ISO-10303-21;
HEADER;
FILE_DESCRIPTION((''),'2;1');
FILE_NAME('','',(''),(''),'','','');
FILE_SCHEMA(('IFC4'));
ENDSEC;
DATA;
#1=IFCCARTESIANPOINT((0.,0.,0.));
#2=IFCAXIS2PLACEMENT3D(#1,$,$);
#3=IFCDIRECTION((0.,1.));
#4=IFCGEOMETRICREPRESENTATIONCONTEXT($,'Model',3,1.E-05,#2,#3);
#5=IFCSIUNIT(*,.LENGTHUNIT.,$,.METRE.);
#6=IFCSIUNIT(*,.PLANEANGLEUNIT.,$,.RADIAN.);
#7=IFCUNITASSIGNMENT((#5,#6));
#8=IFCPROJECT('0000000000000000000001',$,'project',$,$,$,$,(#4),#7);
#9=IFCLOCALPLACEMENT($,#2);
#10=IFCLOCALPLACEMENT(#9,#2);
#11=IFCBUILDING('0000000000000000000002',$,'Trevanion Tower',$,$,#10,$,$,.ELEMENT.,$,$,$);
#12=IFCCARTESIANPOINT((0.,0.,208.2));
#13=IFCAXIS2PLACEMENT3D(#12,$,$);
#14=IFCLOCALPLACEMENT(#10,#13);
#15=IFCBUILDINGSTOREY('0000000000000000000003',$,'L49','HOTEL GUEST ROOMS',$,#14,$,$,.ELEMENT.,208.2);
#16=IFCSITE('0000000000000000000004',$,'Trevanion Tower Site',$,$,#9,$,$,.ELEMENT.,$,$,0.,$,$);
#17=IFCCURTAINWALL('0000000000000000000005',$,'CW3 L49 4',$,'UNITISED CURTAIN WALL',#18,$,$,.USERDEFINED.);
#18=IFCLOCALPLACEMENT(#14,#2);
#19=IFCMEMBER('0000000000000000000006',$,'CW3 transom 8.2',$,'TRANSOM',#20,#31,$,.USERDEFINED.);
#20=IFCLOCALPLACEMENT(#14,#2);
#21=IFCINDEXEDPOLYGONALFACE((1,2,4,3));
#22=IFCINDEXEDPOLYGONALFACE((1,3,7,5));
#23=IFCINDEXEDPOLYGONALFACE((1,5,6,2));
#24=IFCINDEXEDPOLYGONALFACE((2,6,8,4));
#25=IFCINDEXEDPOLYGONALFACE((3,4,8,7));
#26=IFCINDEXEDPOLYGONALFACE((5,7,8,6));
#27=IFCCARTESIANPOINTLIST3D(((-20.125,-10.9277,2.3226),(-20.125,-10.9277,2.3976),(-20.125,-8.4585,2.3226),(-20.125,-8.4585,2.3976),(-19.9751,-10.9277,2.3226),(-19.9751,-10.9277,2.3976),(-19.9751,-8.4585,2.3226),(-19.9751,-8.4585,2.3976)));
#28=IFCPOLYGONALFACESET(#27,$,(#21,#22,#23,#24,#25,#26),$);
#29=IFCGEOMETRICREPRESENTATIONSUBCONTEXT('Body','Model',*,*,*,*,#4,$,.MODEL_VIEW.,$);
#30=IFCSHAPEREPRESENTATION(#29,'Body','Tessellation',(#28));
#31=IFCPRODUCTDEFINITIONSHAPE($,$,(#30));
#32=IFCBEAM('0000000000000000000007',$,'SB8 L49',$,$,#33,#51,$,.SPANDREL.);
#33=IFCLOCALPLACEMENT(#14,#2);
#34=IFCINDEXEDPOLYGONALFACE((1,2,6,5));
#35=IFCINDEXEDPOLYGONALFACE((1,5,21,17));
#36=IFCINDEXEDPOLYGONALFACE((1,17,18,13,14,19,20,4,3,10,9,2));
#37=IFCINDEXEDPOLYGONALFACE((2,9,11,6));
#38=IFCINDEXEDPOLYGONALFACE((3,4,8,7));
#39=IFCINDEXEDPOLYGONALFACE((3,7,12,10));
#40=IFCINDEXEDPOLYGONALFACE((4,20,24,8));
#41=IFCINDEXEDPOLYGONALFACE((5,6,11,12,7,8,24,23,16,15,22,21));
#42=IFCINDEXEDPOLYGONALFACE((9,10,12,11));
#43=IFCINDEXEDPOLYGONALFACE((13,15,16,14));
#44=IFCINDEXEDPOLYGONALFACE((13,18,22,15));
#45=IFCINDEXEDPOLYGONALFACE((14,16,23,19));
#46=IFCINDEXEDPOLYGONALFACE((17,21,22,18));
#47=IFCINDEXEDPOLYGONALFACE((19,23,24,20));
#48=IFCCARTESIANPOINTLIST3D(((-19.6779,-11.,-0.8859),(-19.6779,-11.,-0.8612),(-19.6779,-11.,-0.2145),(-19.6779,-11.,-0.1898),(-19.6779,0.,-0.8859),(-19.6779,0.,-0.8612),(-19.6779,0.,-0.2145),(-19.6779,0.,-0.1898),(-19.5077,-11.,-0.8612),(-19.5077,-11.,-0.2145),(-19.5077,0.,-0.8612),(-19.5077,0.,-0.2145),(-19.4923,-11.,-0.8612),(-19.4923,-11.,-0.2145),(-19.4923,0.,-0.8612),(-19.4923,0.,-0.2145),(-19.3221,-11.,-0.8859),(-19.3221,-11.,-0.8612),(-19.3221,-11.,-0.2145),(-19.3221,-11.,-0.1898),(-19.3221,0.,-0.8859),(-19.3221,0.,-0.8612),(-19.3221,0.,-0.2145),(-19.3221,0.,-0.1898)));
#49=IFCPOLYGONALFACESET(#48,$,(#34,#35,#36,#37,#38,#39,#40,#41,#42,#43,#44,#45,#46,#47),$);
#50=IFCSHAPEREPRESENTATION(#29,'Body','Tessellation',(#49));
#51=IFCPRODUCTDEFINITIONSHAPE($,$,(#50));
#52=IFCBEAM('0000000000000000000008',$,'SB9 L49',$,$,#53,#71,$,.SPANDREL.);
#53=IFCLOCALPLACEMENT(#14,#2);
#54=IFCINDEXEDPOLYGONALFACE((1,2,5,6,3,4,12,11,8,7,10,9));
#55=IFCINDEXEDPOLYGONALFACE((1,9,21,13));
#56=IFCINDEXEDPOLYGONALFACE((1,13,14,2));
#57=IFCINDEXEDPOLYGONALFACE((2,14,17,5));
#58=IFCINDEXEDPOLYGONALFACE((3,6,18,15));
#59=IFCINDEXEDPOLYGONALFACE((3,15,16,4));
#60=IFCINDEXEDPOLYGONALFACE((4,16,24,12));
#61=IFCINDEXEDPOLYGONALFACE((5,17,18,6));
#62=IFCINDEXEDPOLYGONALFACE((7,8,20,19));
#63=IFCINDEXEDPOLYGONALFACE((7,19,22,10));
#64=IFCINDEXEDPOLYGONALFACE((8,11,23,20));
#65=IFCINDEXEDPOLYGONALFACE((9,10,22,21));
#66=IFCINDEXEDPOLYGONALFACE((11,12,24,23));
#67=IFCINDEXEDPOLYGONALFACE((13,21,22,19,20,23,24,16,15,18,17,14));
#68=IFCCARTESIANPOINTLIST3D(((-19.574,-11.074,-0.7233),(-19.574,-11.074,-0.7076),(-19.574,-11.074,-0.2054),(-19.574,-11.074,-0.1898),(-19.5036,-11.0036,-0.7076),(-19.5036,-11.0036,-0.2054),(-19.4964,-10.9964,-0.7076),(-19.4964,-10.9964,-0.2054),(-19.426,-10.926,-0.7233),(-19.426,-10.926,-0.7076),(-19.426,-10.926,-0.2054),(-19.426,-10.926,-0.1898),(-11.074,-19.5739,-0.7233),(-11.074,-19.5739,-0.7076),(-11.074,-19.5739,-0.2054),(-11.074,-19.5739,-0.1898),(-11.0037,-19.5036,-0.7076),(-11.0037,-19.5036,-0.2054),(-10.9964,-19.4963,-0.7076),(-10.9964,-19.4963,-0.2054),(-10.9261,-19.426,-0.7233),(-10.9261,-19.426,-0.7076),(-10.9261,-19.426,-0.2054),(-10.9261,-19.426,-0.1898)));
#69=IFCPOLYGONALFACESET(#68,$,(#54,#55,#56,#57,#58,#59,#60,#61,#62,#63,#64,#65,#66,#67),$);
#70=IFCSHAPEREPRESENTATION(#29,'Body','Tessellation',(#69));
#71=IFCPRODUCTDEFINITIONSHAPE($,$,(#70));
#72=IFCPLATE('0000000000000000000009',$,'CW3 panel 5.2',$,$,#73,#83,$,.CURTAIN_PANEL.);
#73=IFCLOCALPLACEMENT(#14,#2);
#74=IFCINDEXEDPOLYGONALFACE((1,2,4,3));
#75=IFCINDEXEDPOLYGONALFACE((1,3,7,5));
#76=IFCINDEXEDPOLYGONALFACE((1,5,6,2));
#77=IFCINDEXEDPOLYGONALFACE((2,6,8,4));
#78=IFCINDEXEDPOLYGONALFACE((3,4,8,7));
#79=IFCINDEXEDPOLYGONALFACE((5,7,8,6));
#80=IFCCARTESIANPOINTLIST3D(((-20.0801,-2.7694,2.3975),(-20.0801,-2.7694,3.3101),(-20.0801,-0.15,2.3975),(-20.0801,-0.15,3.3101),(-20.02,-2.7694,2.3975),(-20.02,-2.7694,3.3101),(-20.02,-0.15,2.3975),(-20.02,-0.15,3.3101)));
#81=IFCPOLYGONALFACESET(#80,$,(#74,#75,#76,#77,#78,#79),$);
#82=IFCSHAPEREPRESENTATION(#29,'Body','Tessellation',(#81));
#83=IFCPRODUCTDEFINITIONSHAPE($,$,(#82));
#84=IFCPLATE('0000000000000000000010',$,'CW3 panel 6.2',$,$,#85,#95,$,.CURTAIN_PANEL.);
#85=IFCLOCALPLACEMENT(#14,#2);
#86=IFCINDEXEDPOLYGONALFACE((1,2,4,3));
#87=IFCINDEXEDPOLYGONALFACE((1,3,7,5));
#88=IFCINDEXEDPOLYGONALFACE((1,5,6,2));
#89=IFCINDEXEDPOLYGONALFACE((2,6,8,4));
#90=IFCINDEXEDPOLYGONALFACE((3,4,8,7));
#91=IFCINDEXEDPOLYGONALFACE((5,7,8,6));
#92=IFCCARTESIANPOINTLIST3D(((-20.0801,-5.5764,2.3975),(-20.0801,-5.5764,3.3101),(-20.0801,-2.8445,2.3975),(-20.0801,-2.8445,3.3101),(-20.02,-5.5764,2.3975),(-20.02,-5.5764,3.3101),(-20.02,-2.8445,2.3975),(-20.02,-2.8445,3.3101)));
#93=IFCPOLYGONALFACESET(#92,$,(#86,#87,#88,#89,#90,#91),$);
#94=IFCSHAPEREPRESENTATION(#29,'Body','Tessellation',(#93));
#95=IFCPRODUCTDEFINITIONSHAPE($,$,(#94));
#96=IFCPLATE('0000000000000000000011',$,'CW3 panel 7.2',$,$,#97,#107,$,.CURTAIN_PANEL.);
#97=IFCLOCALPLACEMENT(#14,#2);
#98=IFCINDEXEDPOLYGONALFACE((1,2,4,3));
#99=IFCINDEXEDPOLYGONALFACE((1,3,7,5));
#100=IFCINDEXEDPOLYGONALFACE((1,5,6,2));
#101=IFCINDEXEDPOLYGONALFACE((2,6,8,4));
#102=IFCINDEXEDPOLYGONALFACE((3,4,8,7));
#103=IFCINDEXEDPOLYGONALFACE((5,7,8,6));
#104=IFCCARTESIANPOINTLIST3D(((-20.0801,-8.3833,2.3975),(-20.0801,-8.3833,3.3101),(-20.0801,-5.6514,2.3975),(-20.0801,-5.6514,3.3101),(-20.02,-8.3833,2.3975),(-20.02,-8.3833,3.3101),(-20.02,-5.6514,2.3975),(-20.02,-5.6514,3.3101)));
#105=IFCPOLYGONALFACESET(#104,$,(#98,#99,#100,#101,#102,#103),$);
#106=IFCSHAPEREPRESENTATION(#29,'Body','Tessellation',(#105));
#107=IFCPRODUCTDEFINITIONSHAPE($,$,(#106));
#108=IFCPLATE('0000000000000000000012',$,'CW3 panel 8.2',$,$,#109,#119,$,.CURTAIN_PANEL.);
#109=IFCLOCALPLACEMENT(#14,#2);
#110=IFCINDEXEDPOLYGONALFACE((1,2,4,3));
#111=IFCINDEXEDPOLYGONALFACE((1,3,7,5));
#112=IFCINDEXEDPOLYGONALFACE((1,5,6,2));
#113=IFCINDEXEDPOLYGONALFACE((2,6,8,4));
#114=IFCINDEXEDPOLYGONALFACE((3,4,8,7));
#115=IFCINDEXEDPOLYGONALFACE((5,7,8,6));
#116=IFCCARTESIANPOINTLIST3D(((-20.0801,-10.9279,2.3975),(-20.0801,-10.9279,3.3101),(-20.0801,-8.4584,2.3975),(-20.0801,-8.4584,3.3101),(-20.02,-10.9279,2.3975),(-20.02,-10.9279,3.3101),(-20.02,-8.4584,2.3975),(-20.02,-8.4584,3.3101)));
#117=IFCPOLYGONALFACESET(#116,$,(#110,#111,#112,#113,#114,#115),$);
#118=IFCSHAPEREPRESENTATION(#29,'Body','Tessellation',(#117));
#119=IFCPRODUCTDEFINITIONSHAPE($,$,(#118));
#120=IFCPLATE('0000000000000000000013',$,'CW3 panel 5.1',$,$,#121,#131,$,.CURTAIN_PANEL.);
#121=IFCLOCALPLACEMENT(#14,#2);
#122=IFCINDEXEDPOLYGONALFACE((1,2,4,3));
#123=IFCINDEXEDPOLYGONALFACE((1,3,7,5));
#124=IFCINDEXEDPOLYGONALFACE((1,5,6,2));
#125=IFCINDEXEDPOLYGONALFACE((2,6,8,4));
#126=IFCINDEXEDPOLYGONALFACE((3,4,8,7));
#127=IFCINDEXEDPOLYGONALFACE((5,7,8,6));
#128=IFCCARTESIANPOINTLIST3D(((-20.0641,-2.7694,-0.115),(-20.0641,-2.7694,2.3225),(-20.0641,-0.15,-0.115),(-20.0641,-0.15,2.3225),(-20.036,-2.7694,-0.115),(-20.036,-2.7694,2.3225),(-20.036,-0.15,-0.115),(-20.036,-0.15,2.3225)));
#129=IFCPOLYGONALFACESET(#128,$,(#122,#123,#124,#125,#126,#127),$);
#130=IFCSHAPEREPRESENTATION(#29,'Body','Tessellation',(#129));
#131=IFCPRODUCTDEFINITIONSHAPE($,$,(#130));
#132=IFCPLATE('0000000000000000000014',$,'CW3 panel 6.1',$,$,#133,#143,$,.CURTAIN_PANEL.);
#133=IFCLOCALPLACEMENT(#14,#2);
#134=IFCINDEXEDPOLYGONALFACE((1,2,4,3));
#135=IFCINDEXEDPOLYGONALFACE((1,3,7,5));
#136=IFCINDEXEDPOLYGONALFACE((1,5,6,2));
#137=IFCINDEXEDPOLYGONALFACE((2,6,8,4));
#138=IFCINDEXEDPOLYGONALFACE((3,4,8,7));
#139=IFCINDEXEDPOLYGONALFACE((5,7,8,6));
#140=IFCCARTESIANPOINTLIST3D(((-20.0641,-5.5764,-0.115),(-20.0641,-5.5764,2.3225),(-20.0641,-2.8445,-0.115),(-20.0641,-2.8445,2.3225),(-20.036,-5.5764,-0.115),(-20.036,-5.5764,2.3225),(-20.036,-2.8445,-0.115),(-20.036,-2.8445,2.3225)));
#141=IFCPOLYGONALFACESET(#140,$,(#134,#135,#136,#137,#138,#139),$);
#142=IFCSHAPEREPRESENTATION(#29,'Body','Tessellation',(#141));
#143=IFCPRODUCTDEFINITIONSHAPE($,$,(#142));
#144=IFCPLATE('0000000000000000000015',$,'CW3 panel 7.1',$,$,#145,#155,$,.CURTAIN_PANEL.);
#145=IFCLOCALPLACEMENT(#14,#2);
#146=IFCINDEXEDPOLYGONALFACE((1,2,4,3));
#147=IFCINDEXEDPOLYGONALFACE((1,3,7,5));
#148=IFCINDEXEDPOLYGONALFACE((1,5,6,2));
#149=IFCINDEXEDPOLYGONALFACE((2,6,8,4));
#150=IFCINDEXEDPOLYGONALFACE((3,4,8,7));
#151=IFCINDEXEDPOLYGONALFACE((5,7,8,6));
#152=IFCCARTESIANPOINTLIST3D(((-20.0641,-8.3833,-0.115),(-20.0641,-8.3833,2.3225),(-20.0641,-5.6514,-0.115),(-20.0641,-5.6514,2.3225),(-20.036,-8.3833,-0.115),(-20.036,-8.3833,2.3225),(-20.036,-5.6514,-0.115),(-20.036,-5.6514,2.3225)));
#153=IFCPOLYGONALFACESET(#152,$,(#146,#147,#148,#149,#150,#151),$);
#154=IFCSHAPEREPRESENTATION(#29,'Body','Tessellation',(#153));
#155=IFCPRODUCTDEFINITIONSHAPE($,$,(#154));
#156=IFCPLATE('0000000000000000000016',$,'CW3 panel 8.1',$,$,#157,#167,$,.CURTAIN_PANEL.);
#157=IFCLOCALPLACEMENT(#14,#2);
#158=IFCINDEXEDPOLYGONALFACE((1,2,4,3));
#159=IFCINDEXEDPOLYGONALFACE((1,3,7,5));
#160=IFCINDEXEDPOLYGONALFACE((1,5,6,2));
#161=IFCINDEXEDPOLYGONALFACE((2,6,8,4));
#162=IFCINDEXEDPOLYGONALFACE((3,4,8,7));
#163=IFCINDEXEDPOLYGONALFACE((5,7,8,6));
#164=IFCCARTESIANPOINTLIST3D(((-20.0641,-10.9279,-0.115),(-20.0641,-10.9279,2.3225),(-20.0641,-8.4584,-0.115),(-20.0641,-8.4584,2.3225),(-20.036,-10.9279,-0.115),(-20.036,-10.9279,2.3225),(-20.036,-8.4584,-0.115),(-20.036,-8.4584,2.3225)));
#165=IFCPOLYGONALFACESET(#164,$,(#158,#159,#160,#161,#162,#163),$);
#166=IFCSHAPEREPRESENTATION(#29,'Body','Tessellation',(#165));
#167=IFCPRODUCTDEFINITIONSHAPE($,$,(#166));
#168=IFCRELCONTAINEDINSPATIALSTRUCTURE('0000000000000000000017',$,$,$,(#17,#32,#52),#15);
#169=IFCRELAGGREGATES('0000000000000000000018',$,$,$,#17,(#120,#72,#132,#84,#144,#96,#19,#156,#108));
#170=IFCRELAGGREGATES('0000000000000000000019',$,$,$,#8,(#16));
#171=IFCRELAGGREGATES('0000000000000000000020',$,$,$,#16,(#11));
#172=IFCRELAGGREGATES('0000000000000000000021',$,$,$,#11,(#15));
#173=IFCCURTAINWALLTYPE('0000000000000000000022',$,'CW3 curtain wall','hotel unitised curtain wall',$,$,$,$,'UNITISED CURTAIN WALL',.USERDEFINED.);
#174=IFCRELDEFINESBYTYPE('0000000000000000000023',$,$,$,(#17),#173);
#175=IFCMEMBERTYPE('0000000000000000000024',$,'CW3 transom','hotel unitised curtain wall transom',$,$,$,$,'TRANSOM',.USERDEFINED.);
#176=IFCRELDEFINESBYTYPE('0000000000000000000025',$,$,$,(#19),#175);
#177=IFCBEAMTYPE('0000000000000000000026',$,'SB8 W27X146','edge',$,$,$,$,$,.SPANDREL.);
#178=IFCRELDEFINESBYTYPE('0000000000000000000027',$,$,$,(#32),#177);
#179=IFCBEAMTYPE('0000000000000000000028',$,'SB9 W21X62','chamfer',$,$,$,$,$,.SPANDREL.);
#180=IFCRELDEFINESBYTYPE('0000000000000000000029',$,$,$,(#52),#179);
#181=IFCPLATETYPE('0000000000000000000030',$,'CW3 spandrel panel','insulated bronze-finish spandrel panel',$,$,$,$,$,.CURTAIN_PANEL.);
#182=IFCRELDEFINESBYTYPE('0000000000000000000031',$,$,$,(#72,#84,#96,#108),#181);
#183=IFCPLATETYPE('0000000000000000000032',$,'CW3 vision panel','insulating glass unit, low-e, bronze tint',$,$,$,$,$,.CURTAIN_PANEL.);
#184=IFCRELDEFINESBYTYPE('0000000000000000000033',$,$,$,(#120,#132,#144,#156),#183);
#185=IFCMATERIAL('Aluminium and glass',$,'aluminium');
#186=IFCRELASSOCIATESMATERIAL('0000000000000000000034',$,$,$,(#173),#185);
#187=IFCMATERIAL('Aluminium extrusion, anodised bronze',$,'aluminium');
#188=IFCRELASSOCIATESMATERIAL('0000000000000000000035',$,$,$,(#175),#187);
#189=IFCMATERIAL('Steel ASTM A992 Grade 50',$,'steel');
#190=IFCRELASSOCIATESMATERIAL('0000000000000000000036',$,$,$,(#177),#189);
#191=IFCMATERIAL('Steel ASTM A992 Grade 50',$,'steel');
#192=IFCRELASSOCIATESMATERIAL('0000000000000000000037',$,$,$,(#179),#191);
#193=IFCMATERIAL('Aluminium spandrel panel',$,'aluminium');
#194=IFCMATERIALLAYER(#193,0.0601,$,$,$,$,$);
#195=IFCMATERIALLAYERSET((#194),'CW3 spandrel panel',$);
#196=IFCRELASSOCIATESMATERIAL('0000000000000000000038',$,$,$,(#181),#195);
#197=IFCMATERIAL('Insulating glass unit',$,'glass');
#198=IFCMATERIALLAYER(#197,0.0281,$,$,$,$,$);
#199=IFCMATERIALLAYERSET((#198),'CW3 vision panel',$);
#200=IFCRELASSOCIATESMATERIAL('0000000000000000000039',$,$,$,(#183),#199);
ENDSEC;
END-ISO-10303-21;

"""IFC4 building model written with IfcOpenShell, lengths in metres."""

from ifc_helpers import new_model, si_unit, direction, frame, origin, origin_2d, place, context, subcontext, project, spatial, rectangle, i_section, extrude, material, layer, layer_set, material_profile, profile_set, type_object, element, aggregate, save


model = new_model("IFC4")

# Units and contexts
model_context = context("Model", 3, precision=1e-05, world=origin(), true_north=direction((0.0, 1.0)))
body_context = subcontext(model_context, "Body", "Model", "MODEL_VIEW")
ifc_project = project(units=[si_unit("LENGTHUNIT", "METRE"), si_unit("PLANEANGLEUNIT", "RADIAN")], contexts=[model_context])

# Site, building, storey
site_placement = place(None, origin())
site = spatial("IfcSite", under=ifc_project, at=site_placement, Name="Trevanion Tower Site", CompositionType="ELEMENT", RefElevation=0.0)
building_placement = place(site_placement, origin())
building = spatial("IfcBuilding", under=site, at=building_placement, Name="Trevanion Tower", CompositionType="ELEMENT")
storey_placement = place(building_placement, frame((0.0, 0.0, 208.2)))
storey = spatial("IfcBuildingStorey", under=building, at=storey_placement, Name="L49", Description="HOTEL GUEST ROOMS", CompositionType="ELEMENT", Elevation=208.2)

# Curtain wall, member
ifc_material_1 = material(Name="Aluminium and glass", Category="aluminium")
curtain_wall_type = type_object("IfcCurtainWallType", Name="CW3 curtain wall", Description="hotel unitised curtain wall", ElementType="UNITISED CURTAIN WALL", PredefinedType="USERDEFINED", material=ifc_material_1)
curtain_wall_placement = place(storey_placement, origin())
curtain_wall = element("IfcCurtainWall", 1, at=curtain_wall_placement, inside=storey, type_object=curtain_wall_type, Name="CW3 L49 4", ObjectType="UNITISED CURTAIN WALL", PredefinedType="USERDEFINED")
ifc_material_2 = material(Name="Aluminium extrusion, anodised bronze", Category="aluminium")
ifc_material_profile_1 = material_profile(ifc_material_2, rectangle(XDim=0.1499, YDim=0.075, at=origin_2d()), Name="CW3 transom")
ifc_profile_set_1 = profile_set([ifc_material_profile_1], Name="Aluminium extrusion, anodised bronze")
member_type_1 = type_object("IfcMemberType", Name="CW3 transom", Description="hotel unitised curtain wall transom", ElementType="TRANSOM", PredefinedType="USERDEFINED", material=ifc_profile_set_1)
member_1_placement = place(storey_placement, frame((-20.05, -8.4585, 2.3601), z_axis=(0.0, -1.0, 0.0), x_axis=(1.0, 0.0, 0.0)))
member_1 = element("IfcMember", 2, at=member_1_placement, type_object=member_type_1, Name="CW3 transom 8.2", ObjectType="TRANSOM", PredefinedType="USERDEFINED", context=body_context, shape_type="SweptSolid", body=[
    extrude(rectangle(XDim=0.1499, YDim=0.075, at=origin_2d()), origin(), (0.0, 0.0, 1.0), 2.4692),
])

# Beams
ifc_material_3 = material(Name="Steel ASTM A992 Grade 50", Category="steel")
ifc_material_profile_2 = material_profile(ifc_material_3, i_section(OverallWidth=0.3557, OverallDepth=0.696, WebThickness=0.0154, FlangeThickness=0.0247, at=origin_2d()), Name="W27X146")
ifc_profile_set_2 = profile_set([ifc_material_profile_2], Name="Steel ASTM A992 Grade 50")
beam_type_1 = type_object("IfcBeamType", Name="SB8 W27X146", Description="edge", PredefinedType="SPANDREL", material=ifc_profile_set_2)
beam_1_placement = place(storey_placement, frame((-19.5, 0.0, -0.5378), z_axis=(0.0, -1.0, 0.0), x_axis=(1.0, 0.0, 0.0)))
element("IfcBeam", 3, at=beam_1_placement, inside=storey, type_object=beam_type_1, Name="SB8 L49", PredefinedType="SPANDREL", context=body_context, shape_type="SweptSolid", body=[
    extrude(i_section(OverallWidth=0.3557, OverallDepth=0.696, WebThickness=0.0154, FlangeThickness=0.0247, at=origin_2d()), origin(), (0.0, 0.0, 1.0), 11.0),
])
ifc_material_4 = material(Name="Steel ASTM A992 Grade 50", Category="steel")
ifc_material_profile_3 = material_profile(ifc_material_4, i_section(OverallWidth=0.2092, OverallDepth=0.5334, WebThickness=0.0103, FlangeThickness=0.0156, at=origin_2d()), Name="W21X62")
ifc_profile_set_3 = profile_set([ifc_material_profile_3], Name="Steel ASTM A992 Grade 50")
beam_type_2 = type_object("IfcBeamType", Name="SB9 W21X62", Description="chamfer", PredefinedType="SPANDREL", material=ifc_profile_set_3)
beam_2_placement = place(storey_placement, frame((-19.5, -11.0, -0.4565), z_axis=(0.707107, -0.707107, 0.0), x_axis=(0.707107, 0.707107, 0.0)))
element("IfcBeam", 4, at=beam_2_placement, inside=storey, type_object=beam_type_2, Name="SB9 L49", PredefinedType="SPANDREL", context=body_context, shape_type="SweptSolid", body=[
    extrude(i_section(OverallWidth=0.2092, OverallDepth=0.5334, WebThickness=0.0103, FlangeThickness=0.0156, at=origin_2d()), origin(), (0.0, 0.0, 1.0), 12.0208),
])

# Plates
ifc_material_5 = material(Name="Aluminium spandrel panel", Category="aluminium")
ifc_layer_1 = layer(ifc_material_5, 0.0601)
ifc_layer_set_1 = layer_set([ifc_layer_1], Name="CW3 spandrel panel")
plate_type_1 = type_object("IfcPlateType", Name="CW3 spandrel panel", Description="insulated bronze-finish spandrel panel", PredefinedType="CURTAIN_PANEL", material=ifc_layer_set_1)
plate_1_placement = place(storey_placement, frame((-20.05, -1.4597, 2.3975), z_axis=(0.0, 0.0, 1.0), x_axis=(0.0, -1.0, 0.0)))
plate_1 = element("IfcPlate", 5, at=plate_1_placement, type_object=plate_type_1, Name="CW3 panel 5.2", PredefinedType="CURTAIN_PANEL", context=body_context, shape_type="SweptSolid", body=[
    extrude(rectangle(XDim=2.6194, YDim=0.0601, at=origin_2d()), origin(), (0.0, 0.0, 1.0), 0.9126),
])
plate_2_placement = place(storey_placement, frame((-20.05, -4.2104, 2.3975), z_axis=(0.0, 0.0, 1.0), x_axis=(0.0, -1.0, 0.0)))
plate_2 = element("IfcPlate", 6, at=plate_2_placement, type_object=plate_type_1, Name="CW3 panel 6.2", PredefinedType="CURTAIN_PANEL", context=body_context, shape_type="SweptSolid", body=[
    extrude(rectangle(XDim=2.7319, YDim=0.0601, at=origin_2d()), origin(), (0.0, 0.0, 1.0), 0.9126),
])
plate_3_placement = place(storey_placement, frame((-20.05, -7.0173, 2.3975), z_axis=(0.0, 0.0, 1.0), x_axis=(0.0, -1.0, 0.0)))
plate_3 = element("IfcPlate", 7, at=plate_3_placement, type_object=plate_type_1, Name="CW3 panel 7.2", PredefinedType="CURTAIN_PANEL", context=body_context, shape_type="SweptSolid", body=[
    extrude(rectangle(XDim=2.7319, YDim=0.0601, at=origin_2d()), origin(), (0.0, 0.0, 1.0), 0.9126),
])
plate_4_placement = place(storey_placement, frame((-20.05, -9.6931, 2.3975), z_axis=(0.0, 0.0, 1.0), x_axis=(0.0, -1.0, 0.0)))
plate_4 = element("IfcPlate", 8, at=plate_4_placement, type_object=plate_type_1, Name="CW3 panel 8.2", PredefinedType="CURTAIN_PANEL", context=body_context, shape_type="SweptSolid", body=[
    extrude(rectangle(XDim=2.4695, YDim=0.0601, at=origin_2d()), origin(), (0.0, 0.0, 1.0), 0.9126),
])
ifc_material_6 = material(Name="Insulating glass unit", Category="glass")
ifc_layer_2 = layer(ifc_material_6, 0.0281)
ifc_layer_set_2 = layer_set([ifc_layer_2], Name="CW3 vision panel")
plate_type_2 = type_object("IfcPlateType", Name="CW3 vision panel", Description="insulating glass unit, low-e, bronze tint", PredefinedType="CURTAIN_PANEL", material=ifc_layer_set_2)
plate_5_placement = place(storey_placement, frame((-20.05, -1.4597, -0.115), z_axis=(0.0, 0.0, 1.0), x_axis=(0.0, -1.0, 0.0)))
plate_5 = element("IfcPlate", 9, at=plate_5_placement, type_object=plate_type_2, Name="CW3 panel 5.1", PredefinedType="CURTAIN_PANEL", context=body_context, shape_type="SweptSolid", body=[
    extrude(rectangle(XDim=2.6194, YDim=0.0281, at=origin_2d()), origin(), (0.0, 0.0, 1.0), 2.4375),
])
plate_6_placement = place(storey_placement, frame((-20.05, -4.2104, -0.115), z_axis=(0.0, 0.0, 1.0), x_axis=(0.0, -1.0, 0.0)))
plate_6 = element("IfcPlate", 10, at=plate_6_placement, type_object=plate_type_2, Name="CW3 panel 6.1", PredefinedType="CURTAIN_PANEL", context=body_context, shape_type="SweptSolid", body=[
    extrude(rectangle(XDim=2.7319, YDim=0.0281, at=origin_2d()), origin(), (0.0, 0.0, 1.0), 2.4375),
])
plate_7_placement = place(storey_placement, frame((-20.05, -7.0173, -0.115), z_axis=(0.0, 0.0, 1.0), x_axis=(0.0, -1.0, 0.0)))
plate_7 = element("IfcPlate", 11, at=plate_7_placement, type_object=plate_type_2, Name="CW3 panel 7.1", PredefinedType="CURTAIN_PANEL", context=body_context, shape_type="SweptSolid", body=[
    extrude(rectangle(XDim=2.7319, YDim=0.0281, at=origin_2d()), origin(), (0.0, 0.0, 1.0), 2.4375),
])
plate_8_placement = place(storey_placement, frame((-20.05, -9.6931, -0.115), z_axis=(0.0, 0.0, 1.0), x_axis=(0.0, -1.0, 0.0)))
plate_8 = element("IfcPlate", 12, at=plate_8_placement, type_object=plate_type_2, Name="CW3 panel 8.1", PredefinedType="CURTAIN_PANEL", context=body_context, shape_type="SweptSolid", body=[
    extrude(rectangle(XDim=2.4695, YDim=0.0281, at=origin_2d()), origin(), (0.0, 0.0, 1.0), 2.4375),
])
aggregate(curtain_wall, [plate_5, plate_1, plate_6, plate_2, plate_7, plate_3, member_1, plate_8, plate_4])

save(model, "model.ifc")
